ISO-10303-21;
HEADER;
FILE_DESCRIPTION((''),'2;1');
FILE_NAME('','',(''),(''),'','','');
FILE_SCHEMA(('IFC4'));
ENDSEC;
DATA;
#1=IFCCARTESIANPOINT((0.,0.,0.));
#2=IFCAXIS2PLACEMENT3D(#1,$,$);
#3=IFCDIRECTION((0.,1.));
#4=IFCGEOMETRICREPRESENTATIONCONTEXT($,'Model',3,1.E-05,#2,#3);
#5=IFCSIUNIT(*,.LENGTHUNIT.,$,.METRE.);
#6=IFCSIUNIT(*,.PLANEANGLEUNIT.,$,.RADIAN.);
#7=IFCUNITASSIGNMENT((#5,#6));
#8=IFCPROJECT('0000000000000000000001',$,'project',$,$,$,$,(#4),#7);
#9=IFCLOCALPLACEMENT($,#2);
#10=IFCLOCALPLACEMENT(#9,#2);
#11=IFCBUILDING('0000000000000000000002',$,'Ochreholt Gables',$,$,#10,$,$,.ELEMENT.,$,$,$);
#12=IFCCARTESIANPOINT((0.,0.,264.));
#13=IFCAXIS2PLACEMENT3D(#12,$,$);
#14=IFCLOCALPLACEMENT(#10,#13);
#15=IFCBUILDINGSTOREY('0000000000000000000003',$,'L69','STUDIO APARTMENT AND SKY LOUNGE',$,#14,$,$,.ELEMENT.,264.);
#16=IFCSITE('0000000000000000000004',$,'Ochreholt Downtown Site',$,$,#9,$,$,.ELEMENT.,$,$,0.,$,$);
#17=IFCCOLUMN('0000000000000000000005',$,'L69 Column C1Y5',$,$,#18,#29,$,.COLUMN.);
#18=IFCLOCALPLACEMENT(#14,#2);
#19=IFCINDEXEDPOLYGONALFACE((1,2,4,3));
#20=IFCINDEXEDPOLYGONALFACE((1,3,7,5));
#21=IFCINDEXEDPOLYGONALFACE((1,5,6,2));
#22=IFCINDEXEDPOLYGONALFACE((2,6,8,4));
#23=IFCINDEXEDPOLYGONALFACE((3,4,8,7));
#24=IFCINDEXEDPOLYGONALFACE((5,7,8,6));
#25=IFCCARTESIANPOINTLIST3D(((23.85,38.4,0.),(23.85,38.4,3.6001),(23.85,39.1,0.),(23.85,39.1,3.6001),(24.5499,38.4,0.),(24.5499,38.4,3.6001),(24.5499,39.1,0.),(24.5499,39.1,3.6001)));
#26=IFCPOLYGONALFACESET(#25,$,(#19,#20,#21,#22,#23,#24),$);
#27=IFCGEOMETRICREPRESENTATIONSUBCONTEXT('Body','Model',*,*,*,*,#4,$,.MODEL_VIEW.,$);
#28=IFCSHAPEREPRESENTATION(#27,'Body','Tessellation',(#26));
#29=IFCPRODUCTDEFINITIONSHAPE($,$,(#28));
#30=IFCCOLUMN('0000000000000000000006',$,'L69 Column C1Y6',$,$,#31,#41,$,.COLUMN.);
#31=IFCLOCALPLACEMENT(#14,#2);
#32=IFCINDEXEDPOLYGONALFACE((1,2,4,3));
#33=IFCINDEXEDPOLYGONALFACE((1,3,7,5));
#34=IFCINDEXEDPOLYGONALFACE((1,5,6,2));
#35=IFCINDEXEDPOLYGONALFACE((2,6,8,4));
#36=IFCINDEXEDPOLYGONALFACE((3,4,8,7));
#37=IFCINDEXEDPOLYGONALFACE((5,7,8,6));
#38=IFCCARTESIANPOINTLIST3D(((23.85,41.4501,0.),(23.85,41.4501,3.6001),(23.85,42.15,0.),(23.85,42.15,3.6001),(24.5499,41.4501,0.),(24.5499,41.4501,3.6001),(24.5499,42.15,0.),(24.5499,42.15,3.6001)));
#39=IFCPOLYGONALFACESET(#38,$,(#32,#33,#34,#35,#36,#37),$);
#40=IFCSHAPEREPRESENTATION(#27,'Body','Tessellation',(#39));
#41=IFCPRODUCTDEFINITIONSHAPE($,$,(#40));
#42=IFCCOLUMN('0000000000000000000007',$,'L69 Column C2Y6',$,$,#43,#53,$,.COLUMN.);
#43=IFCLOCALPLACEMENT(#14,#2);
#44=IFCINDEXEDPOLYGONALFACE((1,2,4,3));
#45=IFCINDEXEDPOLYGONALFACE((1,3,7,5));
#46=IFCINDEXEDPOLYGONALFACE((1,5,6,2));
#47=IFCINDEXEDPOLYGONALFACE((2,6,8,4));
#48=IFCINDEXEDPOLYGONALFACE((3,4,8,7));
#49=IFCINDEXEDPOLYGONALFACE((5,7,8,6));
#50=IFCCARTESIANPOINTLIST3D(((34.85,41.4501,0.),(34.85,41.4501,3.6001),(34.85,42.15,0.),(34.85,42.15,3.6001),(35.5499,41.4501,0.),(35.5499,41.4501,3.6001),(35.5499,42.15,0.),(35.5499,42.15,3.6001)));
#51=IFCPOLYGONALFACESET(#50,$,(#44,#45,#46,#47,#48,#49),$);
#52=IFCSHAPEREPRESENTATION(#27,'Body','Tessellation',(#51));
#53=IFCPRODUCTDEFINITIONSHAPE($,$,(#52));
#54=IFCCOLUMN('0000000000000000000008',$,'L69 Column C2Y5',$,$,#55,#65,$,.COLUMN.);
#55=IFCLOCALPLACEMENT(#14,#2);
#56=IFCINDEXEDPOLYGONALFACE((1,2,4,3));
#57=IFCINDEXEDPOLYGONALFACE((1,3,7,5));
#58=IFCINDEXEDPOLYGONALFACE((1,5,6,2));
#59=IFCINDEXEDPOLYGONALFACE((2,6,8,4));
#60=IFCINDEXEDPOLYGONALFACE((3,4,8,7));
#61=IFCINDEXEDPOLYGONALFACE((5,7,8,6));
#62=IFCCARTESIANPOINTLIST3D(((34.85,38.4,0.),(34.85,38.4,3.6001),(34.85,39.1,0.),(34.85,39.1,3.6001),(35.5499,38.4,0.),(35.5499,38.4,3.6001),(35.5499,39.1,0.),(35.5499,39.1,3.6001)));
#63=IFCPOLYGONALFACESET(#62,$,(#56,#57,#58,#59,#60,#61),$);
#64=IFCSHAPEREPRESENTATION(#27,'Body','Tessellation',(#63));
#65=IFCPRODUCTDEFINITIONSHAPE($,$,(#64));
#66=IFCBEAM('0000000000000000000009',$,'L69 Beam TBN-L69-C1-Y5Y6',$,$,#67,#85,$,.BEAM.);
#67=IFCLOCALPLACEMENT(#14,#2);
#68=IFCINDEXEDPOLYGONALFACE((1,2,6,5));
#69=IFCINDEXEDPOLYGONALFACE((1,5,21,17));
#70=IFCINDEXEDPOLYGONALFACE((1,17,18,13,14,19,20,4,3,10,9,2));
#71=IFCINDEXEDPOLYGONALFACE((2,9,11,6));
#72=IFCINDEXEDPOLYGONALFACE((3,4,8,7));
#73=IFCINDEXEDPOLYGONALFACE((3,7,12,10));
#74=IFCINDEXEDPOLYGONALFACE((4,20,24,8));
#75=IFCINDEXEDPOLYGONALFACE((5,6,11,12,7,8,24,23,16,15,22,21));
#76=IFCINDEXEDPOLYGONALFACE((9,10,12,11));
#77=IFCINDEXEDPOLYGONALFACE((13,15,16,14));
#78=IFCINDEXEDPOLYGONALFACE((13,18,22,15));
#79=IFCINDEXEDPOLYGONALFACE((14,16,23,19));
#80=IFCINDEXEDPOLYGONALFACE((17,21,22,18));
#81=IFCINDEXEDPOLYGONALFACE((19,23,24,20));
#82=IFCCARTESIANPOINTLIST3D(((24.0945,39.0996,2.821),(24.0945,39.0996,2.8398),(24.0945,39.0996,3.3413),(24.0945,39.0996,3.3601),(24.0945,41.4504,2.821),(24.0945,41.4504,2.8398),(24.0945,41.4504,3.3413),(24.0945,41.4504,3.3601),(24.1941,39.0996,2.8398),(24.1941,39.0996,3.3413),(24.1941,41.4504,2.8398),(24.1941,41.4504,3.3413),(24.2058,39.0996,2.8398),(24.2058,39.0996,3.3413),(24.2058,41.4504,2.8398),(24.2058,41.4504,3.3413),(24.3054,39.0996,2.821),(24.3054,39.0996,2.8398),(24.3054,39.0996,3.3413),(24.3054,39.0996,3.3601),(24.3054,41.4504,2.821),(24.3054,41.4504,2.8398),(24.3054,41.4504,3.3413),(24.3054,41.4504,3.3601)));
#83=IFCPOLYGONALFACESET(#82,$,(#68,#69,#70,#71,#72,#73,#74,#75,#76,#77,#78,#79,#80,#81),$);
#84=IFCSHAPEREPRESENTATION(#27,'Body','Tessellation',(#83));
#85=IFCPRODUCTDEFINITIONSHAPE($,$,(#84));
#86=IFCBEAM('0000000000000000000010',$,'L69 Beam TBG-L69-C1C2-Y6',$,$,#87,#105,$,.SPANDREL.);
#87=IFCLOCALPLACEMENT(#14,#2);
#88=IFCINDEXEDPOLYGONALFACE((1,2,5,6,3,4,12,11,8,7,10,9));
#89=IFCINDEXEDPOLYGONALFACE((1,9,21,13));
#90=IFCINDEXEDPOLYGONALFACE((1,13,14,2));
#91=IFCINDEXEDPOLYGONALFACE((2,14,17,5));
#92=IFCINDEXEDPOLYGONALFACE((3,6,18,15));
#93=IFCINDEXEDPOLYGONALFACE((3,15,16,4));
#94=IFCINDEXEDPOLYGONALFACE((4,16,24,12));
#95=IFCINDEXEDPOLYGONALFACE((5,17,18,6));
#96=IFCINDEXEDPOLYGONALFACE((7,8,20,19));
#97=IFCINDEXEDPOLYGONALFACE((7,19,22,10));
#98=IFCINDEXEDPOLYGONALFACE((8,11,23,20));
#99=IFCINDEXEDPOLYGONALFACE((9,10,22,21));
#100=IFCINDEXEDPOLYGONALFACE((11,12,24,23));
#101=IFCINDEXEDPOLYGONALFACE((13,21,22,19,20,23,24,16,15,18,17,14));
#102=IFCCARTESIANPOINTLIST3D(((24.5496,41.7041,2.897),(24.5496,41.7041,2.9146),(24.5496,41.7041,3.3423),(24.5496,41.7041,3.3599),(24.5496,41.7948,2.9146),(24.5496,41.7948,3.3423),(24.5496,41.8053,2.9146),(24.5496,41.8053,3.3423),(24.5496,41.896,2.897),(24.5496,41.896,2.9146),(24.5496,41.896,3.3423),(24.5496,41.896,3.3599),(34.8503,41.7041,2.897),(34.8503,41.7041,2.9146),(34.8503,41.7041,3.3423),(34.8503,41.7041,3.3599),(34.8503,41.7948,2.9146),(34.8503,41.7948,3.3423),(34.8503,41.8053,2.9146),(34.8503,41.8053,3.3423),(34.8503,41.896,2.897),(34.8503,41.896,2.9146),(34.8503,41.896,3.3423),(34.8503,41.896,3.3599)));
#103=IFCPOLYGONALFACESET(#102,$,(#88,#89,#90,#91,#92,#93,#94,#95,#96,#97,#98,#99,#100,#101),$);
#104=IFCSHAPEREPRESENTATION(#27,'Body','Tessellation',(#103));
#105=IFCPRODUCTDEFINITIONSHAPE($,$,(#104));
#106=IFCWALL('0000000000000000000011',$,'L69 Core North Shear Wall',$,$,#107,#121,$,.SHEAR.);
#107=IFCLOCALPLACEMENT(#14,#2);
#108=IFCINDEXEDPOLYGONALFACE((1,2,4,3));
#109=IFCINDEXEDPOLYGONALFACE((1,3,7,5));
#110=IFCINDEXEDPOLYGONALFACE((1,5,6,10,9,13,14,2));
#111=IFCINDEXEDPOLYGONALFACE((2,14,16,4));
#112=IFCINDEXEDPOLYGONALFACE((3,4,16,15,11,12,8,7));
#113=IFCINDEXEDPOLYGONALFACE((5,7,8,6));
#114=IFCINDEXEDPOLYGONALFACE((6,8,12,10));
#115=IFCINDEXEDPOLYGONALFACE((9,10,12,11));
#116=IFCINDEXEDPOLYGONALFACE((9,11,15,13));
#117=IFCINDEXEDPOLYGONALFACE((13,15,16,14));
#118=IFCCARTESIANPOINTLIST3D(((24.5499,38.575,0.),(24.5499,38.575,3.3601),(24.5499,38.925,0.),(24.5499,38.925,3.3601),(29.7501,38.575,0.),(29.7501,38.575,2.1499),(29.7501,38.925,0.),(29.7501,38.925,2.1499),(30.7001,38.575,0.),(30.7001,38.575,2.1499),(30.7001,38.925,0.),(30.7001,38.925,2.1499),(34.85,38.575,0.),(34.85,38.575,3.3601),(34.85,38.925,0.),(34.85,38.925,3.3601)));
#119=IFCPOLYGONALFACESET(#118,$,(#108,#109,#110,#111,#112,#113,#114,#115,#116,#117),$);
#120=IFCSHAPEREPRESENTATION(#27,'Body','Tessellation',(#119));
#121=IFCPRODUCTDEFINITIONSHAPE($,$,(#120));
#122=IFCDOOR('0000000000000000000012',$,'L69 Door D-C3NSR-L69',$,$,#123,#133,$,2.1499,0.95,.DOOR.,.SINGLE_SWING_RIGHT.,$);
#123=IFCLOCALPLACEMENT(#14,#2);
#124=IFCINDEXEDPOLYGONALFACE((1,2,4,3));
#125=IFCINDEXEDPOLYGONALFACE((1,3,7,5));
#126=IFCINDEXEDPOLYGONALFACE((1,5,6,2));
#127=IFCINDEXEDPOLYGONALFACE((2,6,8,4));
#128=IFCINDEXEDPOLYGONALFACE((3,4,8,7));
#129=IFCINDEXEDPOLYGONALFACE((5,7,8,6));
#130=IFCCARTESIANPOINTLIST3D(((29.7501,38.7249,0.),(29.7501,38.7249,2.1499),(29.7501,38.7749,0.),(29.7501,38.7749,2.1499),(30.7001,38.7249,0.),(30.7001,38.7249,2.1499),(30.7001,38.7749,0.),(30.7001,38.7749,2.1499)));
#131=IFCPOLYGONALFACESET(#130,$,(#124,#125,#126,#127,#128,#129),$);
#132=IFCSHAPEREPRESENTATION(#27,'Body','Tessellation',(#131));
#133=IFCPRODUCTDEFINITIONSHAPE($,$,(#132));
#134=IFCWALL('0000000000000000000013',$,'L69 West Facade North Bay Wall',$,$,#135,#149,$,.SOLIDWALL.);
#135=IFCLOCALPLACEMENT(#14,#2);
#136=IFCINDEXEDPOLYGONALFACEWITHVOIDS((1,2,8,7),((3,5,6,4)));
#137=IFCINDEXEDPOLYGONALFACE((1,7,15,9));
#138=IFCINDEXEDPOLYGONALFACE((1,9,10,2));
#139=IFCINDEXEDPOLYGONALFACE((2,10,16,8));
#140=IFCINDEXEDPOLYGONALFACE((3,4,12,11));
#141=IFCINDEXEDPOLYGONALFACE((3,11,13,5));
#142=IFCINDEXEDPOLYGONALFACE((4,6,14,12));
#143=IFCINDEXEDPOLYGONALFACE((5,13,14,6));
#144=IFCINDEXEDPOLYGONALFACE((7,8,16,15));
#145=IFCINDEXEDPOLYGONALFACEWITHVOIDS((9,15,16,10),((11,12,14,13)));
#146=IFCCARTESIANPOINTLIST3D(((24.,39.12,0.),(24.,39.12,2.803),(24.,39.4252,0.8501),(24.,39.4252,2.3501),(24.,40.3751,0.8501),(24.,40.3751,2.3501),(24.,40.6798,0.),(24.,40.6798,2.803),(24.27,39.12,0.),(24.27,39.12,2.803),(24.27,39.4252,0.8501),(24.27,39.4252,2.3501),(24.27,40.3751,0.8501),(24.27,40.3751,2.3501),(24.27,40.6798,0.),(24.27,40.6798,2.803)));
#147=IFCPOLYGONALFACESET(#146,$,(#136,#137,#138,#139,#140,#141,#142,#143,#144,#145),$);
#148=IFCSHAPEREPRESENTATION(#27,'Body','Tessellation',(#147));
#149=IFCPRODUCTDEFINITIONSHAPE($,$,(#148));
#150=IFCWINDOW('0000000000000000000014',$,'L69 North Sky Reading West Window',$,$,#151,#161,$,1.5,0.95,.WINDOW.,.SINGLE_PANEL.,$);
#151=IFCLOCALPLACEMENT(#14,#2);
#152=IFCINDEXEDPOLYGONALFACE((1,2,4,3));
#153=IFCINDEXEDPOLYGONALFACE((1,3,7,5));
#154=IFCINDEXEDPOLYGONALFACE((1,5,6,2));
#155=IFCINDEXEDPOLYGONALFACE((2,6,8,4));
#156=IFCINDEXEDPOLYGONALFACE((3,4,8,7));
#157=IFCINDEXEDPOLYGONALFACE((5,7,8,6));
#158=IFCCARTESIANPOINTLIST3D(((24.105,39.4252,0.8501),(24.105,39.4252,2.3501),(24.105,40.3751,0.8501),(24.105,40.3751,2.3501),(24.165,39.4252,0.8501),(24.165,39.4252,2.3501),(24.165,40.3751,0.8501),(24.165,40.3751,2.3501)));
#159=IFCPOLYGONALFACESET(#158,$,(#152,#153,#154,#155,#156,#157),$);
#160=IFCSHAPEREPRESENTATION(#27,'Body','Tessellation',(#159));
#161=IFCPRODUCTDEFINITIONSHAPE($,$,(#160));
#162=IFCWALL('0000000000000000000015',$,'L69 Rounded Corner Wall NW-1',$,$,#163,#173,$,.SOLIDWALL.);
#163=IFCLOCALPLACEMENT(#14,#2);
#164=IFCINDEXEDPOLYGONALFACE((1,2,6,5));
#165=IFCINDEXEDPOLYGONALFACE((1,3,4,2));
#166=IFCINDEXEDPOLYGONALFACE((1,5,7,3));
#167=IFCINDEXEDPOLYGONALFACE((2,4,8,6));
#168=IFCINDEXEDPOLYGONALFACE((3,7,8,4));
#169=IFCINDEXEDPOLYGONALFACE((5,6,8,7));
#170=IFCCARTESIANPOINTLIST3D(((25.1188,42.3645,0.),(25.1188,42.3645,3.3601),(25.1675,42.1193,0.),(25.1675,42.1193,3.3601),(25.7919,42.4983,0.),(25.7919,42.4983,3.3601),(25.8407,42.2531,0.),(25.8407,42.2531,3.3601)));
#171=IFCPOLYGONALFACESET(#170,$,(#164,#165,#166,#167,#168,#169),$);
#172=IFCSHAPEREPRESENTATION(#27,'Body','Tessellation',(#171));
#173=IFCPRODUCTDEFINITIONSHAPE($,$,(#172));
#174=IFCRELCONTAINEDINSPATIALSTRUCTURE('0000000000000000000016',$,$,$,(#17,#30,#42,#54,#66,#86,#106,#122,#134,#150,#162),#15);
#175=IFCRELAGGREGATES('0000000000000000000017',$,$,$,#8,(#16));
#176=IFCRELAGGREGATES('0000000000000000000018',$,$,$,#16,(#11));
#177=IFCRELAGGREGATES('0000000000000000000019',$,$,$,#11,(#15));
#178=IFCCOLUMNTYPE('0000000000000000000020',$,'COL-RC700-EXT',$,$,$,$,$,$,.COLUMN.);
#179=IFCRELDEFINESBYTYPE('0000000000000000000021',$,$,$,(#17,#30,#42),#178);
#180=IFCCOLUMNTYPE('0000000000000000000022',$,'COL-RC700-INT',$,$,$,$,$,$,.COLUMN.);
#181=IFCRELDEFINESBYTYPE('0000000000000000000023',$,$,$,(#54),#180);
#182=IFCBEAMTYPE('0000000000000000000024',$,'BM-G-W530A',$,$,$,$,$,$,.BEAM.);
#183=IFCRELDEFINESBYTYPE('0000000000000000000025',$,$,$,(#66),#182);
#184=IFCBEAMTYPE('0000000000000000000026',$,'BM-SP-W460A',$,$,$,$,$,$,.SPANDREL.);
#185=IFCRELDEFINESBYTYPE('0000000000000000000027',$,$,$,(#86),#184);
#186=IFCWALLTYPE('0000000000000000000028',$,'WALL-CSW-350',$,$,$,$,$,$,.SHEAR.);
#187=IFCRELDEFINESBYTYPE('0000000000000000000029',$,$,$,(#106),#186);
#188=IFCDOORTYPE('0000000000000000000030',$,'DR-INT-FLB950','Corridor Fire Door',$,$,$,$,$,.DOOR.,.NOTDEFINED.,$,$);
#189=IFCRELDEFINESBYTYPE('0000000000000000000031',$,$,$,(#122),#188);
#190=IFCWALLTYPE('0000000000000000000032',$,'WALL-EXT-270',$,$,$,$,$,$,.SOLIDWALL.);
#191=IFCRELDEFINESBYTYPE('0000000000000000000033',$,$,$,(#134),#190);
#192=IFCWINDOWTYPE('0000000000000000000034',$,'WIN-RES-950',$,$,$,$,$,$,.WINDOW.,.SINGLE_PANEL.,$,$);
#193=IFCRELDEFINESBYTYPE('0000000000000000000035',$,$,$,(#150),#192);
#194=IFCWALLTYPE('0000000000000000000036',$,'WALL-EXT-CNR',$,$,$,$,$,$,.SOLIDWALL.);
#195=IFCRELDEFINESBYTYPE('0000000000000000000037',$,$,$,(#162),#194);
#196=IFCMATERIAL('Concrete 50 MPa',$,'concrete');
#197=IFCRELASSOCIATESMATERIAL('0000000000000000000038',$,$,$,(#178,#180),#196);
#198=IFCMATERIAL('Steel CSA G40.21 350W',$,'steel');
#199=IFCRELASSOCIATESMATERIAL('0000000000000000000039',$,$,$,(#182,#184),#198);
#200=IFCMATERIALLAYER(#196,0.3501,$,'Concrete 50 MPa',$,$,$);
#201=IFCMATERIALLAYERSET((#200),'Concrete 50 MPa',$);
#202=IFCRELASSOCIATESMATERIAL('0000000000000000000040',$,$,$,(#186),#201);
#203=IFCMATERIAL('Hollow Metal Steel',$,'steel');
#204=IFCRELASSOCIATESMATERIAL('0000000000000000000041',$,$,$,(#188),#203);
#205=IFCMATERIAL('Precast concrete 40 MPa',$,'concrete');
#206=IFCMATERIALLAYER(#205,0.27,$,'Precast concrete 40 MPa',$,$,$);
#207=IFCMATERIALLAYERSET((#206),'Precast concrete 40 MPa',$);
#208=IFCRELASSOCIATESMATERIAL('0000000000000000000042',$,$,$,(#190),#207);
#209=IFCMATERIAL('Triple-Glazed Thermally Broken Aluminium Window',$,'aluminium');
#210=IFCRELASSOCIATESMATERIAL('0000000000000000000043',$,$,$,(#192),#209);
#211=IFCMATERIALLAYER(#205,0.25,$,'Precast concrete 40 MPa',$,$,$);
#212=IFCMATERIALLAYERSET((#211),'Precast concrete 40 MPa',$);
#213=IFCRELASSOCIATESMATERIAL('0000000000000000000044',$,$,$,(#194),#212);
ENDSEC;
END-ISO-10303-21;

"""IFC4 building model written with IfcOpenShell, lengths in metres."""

from ifc_helpers import new_model, si_unit, direction, frame, frame_2d, origin, origin_2d, place, context, subcontext, project, spatial, rectangle, i_section, extrude, material, layer, layer_set, material_profile, profile_set, type_object, element, fill, save


model = new_model("IFC4")

# Units and contexts
model_context = context("Model", 3, precision=1e-05, world=origin(), true_north=direction((0.0, 1.0)))
body_context = subcontext(model_context, "Body", "Model", "MODEL_VIEW")
ifc_project = project(units=[si_unit("LENGTHUNIT", "METRE"), si_unit("PLANEANGLEUNIT", "RADIAN")], contexts=[model_context])

# Site, building, storey
site_placement = place(None, origin())
site = spatial("IfcSite", under=ifc_project, at=site_placement, Name="Ochreholt Downtown Site", CompositionType="ELEMENT", RefElevation=0.0)
building_placement = place(site_placement, origin())
building = spatial("IfcBuilding", under=site, at=building_placement, Name="Ochreholt Gables", CompositionType="ELEMENT")
storey_placement = place(building_placement, frame((0.0, 0.0, 264.0)))
storey = spatial("IfcBuildingStorey", under=building, at=storey_placement, Name="L69", Description="STUDIO APARTMENT AND SKY LOUNGE", CompositionType="ELEMENT", Elevation=264.0)

# Columns
ifc_material_1 = material(Name="Concrete 50 MPa", Category="concrete")
ifc_material_profile_1 = material_profile(ifc_material_1, rectangle(XDim=0.7, YDim=0.7, at=origin_2d()), Name="RC700X700")
ifc_profile_set_1 = profile_set([ifc_material_profile_1], Name="Concrete 50 MPa")
column_type_1 = type_object("IfcColumnType", Name="COL-RC700-EXT", PredefinedType="COLUMN", material=ifc_profile_set_1)
for number, where, z_axis, x_axis, name in (
    (1, (24.2, 38.75, 0.0), (0.0, 0.0, 1.0), (1.0, 0.0, 0.0), "L69 Column C1Y5"),
    (2, (24.2, 41.8, 0.0), (0.0, 0.0, 1.0), (1.0, 0.0, 0.0), "L69 Column C1Y6"),
    (3, (35.2, 41.8, 0.0), (0.0, 0.0, 1.0), (1.0, 0.0, 0.0), "L69 Column C2Y6"),
):
    element("IfcColumn", number, at=place(storey_placement, frame(where, z_axis=z_axis, x_axis=x_axis)), inside=storey, type_object=column_type_1, Name=name, PredefinedType="COLUMN", context=body_context, shape_type="SweptSolid", body=[
        extrude(rectangle(XDim=0.7, YDim=0.7, at=origin_2d()), origin(), (0.0, 0.0, 1.0), 3.6001),
    ])
ifc_material_profile_2 = material_profile(ifc_material_1, rectangle(XDim=0.7, YDim=0.7, at=origin_2d()), Name="RC700X700")
ifc_profile_set_2 = profile_set([ifc_material_profile_2], Name="Concrete 50 MPa")
column_type_2 = type_object("IfcColumnType", Name="COL-RC700-INT", PredefinedType="COLUMN", material=ifc_profile_set_2)
column_placement = place(storey_placement, frame((35.2, 38.75, 0.0), z_axis=(0.0, 0.0, 1.0), x_axis=(1.0, 0.0, 0.0)))
element("IfcColumn", 4, at=column_placement, inside=storey, type_object=column_type_2, Name="L69 Column C2Y5", PredefinedType="COLUMN", context=body_context, shape_type="SweptSolid", body=[
    extrude(rectangle(XDim=0.7, YDim=0.7, at=origin_2d()), origin(), (0.0, 0.0, 1.0), 3.6001),
])

# Beams
ifc_material_2 = material(Name="Steel CSA G40.21 350W", Category="steel")
ifc_material_profile_3 = material_profile(ifc_material_2, i_section(OverallWidth=0.2109, OverallDepth=0.5391, WebThickness=0.0117, FlangeThickness=0.0188, at=origin_2d()), Name="W530X109")
ifc_profile_set_3 = profile_set([ifc_material_profile_3], Name="Steel CSA G40.21 350W")
beam_type_1 = type_object("IfcBeamType", Name="BM-G-W530A", PredefinedType="BEAM", material=ifc_profile_set_3)
beam_1_placement = place(storey_placement, frame((24.2, 39.0996, 3.0906), z_axis=(0.0, 1.0, 0.0), x_axis=(-1.0, 0.0, 0.0)))
element("IfcBeam", 5, at=beam_1_placement, inside=storey, type_object=beam_type_1, Name="L69 Beam TBN-L69-C1-Y5Y6", PredefinedType="BEAM", context=body_context, shape_type="SweptSolid", body=[
    extrude(i_section(OverallWidth=0.2109, OverallDepth=0.5391, WebThickness=0.0117, FlangeThickness=0.0188, at=origin_2d()), origin(), (0.0, 0.0, 1.0), 2.3508),
])
ifc_material_profile_4 = material_profile(ifc_material_2, i_section(OverallWidth=0.1919, OverallDepth=0.4629, WebThickness=0.0105, FlangeThickness=0.0176, at=origin_2d()), Name="W460X89")
ifc_profile_set_4 = profile_set([ifc_material_profile_4], Name="Steel CSA G40.21 350W")
beam_type_2 = type_object("IfcBeamType", Name="BM-SP-W460A", PredefinedType="SPANDREL", material=ifc_profile_set_4)
beam_2_placement = place(storey_placement, frame((24.5496, 41.8, 3.1284), z_axis=(1.0, 0.0, 0.0), x_axis=(0.0, 1.0, 0.0)))
element("IfcBeam", 6, at=beam_2_placement, inside=storey, type_object=beam_type_2, Name="L69 Beam TBG-L69-C1C2-Y6", PredefinedType="SPANDREL", context=body_context, shape_type="SweptSolid", body=[
    extrude(i_section(OverallWidth=0.1919, OverallDepth=0.4629, WebThickness=0.0105, FlangeThickness=0.0176, at=origin_2d()), origin(), (0.0, 0.0, 1.0), 10.3008),
])

# Wall, opening, door
ifc_layer_1 = layer(ifc_material_1, 0.3501, Name="Concrete 50 MPa")
ifc_layer_set_1 = layer_set([ifc_layer_1], Name="Concrete 50 MPa")
wall_type_1 = type_object("IfcWallType", Name="WALL-CSW-350", PredefinedType="SHEAR", material=ifc_layer_set_1)
wall_1_placement = place(storey_placement, frame((24.55, 38.75, 0.0), z_axis=(0.0, 0.0, 1.0), x_axis=(1.0, 0.0, 0.0)))
wall_1 = element("IfcWall", 7, at=wall_1_placement, inside=storey, type_object=wall_type_1, Name="L69 Core North Shear Wall", PredefinedType="SHEAR", context=body_context, shape_type="SweptSolid", body=[
    extrude(rectangle(XDim=10.3, YDim=0.3501, at=frame_2d((5.1499, 0.0))), origin(), (0.0, 0.0, 1.0), 3.3601),
])
opening_1_placement = place(wall_1_placement, frame((5.2, 0.0, 0.0)))
opening_1 = element("IfcOpeningElement", 8, at=opening_1_placement, cuts=wall_1, PredefinedType="OPENING", context=body_context, shape_type="SweptSolid", body=[
    extrude(rectangle(XDim=0.95, YDim=2.1499, at=frame_2d((0.4751, 1.075))), frame((0.0, 0.1851, 0.0), z_axis=(0.0, -1.0, 0.0), x_axis=(1.0, 0.0, 0.0)), (0.0, 0.0, 1.0), 0.3701),
])
ifc_material_3 = material(Name="Hollow Metal Steel", Category="steel")
door_type_1 = type_object("IfcDoorType", Name="DR-INT-FLB950", Description="Corridor Fire Door", OperationType="NOTDEFINED", PredefinedType="DOOR", material=ifc_material_3)
door_1_placement = place(opening_1_placement, origin())
door_1 = element("IfcDoor", 9, at=door_1_placement, inside=storey, type_object=door_type_1, Name="L69 Door D-C3NSR-L69", OperationType="SINGLE_SWING_RIGHT", OverallHeight=2.1499, OverallWidth=0.95, PredefinedType="DOOR", context=body_context, shape_type="SweptSolid", body=[
    extrude(rectangle(XDim=0.95, YDim=2.1499, at=frame_2d((0.4751, 1.075))), frame((0.0, 0.0249, 0.0), z_axis=(0.0, -1.0, 0.0), x_axis=(1.0, 0.0, 0.0)), (0.0, 0.0, 1.0), 0.05),
])
fill(opening_1, door_1)

# Wall, opening, window
ifc_material_4 = material(Name="Precast concrete 40 MPa", Category="concrete")
ifc_layer_2 = layer(ifc_material_4, 0.27, Name="Precast concrete 40 MPa")
ifc_layer_set_2 = layer_set([ifc_layer_2], Name="Precast concrete 40 MPa")
wall_type_2 = type_object("IfcWallType", Name="WALL-EXT-270", PredefinedType="SOLIDWALL", material=ifc_layer_set_2)
wall_2_placement = place(storey_placement, frame((24.135, 39.1201, 0.0), z_axis=(0.0, 0.0, 1.0), x_axis=(0.0, 1.0, 0.0)))
wall_2 = element("IfcWall", 10, at=wall_2_placement, inside=storey, type_object=wall_type_2, Name="L69 West Facade North Bay Wall", PredefinedType="SOLIDWALL", context=body_context, shape_type="SweptSolid", body=[
    extrude(rectangle(XDim=1.5598, YDim=0.27, at=frame_2d((0.7798, 0.0))), origin(), (0.0, 0.0, 1.0), 2.803),
])
opening_2_placement = place(wall_2_placement, frame((0.3049, 0.0, 0.8501)))
opening_2 = element("IfcOpeningElement", 11, at=opening_2_placement, cuts=wall_2, PredefinedType="OPENING", context=body_context, shape_type="SweptSolid", body=[
    extrude(rectangle(XDim=0.95, YDim=1.5, at=frame_2d((0.4751, 0.75))), frame((0.0, 0.145, 0.0), z_axis=(0.0, -1.0, 0.0), x_axis=(1.0, 0.0, 0.0)), (0.0, 0.0, 1.0), 0.29),
])
ifc_material_5 = material(Name="Triple-Glazed Thermally Broken Aluminium Window", Category="aluminium")
window_type = type_object("IfcWindowType", Name="WIN-RES-950", PartitioningType="SINGLE_PANEL", PredefinedType="WINDOW", material=ifc_material_5)
window_placement = place(opening_2_placement, origin())
window = element("IfcWindow", 12, at=window_placement, inside=storey, type_object=window_type, Name="L69 North Sky Reading West Window", OverallHeight=1.5, OverallWidth=0.95, PartitioningType="SINGLE_PANEL", PredefinedType="WINDOW", context=body_context, shape_type="SweptSolid", body=[
    extrude(rectangle(XDim=0.95, YDim=1.5, at=frame_2d((0.4751, 0.75))), frame((0.0, 0.03, 0.0), z_axis=(0.0, -1.0, 0.0), x_axis=(1.0, 0.0, 0.0)), (0.0, 0.0, 1.0), 0.0601),
])
fill(opening_2, window)

# Wall
ifc_layer_3 = layer(ifc_material_4, 0.25, Name="Precast concrete 40 MPa")
ifc_layer_set_3 = layer_set([ifc_layer_3], Name="Precast concrete 40 MPa")
wall_type_3 = type_object("IfcWallType", Name="WALL-EXT-CNR", PredefinedType="SOLIDWALL", material=ifc_layer_set_3)
wall_3_placement = place(storey_placement, frame((25.8164, 42.3757, 0.0), z_axis=(0.0, 0.0, 1.0), x_axis=(-0.980813, -0.194953, 0.0)))
element("IfcWall", 13, at=wall_3_placement, inside=storey, type_object=wall_type_3, Name="L69 Rounded Corner Wall NW-1", PredefinedType="SOLIDWALL", context=body_context, shape_type="SweptSolid", body=[
    extrude(rectangle(XDim=0.6863, YDim=0.25, at=frame_2d((0.3433, 0.0))), origin(), (0.0, 0.0, 1.0), 3.3601),
])

save(model, "model.ifc")
